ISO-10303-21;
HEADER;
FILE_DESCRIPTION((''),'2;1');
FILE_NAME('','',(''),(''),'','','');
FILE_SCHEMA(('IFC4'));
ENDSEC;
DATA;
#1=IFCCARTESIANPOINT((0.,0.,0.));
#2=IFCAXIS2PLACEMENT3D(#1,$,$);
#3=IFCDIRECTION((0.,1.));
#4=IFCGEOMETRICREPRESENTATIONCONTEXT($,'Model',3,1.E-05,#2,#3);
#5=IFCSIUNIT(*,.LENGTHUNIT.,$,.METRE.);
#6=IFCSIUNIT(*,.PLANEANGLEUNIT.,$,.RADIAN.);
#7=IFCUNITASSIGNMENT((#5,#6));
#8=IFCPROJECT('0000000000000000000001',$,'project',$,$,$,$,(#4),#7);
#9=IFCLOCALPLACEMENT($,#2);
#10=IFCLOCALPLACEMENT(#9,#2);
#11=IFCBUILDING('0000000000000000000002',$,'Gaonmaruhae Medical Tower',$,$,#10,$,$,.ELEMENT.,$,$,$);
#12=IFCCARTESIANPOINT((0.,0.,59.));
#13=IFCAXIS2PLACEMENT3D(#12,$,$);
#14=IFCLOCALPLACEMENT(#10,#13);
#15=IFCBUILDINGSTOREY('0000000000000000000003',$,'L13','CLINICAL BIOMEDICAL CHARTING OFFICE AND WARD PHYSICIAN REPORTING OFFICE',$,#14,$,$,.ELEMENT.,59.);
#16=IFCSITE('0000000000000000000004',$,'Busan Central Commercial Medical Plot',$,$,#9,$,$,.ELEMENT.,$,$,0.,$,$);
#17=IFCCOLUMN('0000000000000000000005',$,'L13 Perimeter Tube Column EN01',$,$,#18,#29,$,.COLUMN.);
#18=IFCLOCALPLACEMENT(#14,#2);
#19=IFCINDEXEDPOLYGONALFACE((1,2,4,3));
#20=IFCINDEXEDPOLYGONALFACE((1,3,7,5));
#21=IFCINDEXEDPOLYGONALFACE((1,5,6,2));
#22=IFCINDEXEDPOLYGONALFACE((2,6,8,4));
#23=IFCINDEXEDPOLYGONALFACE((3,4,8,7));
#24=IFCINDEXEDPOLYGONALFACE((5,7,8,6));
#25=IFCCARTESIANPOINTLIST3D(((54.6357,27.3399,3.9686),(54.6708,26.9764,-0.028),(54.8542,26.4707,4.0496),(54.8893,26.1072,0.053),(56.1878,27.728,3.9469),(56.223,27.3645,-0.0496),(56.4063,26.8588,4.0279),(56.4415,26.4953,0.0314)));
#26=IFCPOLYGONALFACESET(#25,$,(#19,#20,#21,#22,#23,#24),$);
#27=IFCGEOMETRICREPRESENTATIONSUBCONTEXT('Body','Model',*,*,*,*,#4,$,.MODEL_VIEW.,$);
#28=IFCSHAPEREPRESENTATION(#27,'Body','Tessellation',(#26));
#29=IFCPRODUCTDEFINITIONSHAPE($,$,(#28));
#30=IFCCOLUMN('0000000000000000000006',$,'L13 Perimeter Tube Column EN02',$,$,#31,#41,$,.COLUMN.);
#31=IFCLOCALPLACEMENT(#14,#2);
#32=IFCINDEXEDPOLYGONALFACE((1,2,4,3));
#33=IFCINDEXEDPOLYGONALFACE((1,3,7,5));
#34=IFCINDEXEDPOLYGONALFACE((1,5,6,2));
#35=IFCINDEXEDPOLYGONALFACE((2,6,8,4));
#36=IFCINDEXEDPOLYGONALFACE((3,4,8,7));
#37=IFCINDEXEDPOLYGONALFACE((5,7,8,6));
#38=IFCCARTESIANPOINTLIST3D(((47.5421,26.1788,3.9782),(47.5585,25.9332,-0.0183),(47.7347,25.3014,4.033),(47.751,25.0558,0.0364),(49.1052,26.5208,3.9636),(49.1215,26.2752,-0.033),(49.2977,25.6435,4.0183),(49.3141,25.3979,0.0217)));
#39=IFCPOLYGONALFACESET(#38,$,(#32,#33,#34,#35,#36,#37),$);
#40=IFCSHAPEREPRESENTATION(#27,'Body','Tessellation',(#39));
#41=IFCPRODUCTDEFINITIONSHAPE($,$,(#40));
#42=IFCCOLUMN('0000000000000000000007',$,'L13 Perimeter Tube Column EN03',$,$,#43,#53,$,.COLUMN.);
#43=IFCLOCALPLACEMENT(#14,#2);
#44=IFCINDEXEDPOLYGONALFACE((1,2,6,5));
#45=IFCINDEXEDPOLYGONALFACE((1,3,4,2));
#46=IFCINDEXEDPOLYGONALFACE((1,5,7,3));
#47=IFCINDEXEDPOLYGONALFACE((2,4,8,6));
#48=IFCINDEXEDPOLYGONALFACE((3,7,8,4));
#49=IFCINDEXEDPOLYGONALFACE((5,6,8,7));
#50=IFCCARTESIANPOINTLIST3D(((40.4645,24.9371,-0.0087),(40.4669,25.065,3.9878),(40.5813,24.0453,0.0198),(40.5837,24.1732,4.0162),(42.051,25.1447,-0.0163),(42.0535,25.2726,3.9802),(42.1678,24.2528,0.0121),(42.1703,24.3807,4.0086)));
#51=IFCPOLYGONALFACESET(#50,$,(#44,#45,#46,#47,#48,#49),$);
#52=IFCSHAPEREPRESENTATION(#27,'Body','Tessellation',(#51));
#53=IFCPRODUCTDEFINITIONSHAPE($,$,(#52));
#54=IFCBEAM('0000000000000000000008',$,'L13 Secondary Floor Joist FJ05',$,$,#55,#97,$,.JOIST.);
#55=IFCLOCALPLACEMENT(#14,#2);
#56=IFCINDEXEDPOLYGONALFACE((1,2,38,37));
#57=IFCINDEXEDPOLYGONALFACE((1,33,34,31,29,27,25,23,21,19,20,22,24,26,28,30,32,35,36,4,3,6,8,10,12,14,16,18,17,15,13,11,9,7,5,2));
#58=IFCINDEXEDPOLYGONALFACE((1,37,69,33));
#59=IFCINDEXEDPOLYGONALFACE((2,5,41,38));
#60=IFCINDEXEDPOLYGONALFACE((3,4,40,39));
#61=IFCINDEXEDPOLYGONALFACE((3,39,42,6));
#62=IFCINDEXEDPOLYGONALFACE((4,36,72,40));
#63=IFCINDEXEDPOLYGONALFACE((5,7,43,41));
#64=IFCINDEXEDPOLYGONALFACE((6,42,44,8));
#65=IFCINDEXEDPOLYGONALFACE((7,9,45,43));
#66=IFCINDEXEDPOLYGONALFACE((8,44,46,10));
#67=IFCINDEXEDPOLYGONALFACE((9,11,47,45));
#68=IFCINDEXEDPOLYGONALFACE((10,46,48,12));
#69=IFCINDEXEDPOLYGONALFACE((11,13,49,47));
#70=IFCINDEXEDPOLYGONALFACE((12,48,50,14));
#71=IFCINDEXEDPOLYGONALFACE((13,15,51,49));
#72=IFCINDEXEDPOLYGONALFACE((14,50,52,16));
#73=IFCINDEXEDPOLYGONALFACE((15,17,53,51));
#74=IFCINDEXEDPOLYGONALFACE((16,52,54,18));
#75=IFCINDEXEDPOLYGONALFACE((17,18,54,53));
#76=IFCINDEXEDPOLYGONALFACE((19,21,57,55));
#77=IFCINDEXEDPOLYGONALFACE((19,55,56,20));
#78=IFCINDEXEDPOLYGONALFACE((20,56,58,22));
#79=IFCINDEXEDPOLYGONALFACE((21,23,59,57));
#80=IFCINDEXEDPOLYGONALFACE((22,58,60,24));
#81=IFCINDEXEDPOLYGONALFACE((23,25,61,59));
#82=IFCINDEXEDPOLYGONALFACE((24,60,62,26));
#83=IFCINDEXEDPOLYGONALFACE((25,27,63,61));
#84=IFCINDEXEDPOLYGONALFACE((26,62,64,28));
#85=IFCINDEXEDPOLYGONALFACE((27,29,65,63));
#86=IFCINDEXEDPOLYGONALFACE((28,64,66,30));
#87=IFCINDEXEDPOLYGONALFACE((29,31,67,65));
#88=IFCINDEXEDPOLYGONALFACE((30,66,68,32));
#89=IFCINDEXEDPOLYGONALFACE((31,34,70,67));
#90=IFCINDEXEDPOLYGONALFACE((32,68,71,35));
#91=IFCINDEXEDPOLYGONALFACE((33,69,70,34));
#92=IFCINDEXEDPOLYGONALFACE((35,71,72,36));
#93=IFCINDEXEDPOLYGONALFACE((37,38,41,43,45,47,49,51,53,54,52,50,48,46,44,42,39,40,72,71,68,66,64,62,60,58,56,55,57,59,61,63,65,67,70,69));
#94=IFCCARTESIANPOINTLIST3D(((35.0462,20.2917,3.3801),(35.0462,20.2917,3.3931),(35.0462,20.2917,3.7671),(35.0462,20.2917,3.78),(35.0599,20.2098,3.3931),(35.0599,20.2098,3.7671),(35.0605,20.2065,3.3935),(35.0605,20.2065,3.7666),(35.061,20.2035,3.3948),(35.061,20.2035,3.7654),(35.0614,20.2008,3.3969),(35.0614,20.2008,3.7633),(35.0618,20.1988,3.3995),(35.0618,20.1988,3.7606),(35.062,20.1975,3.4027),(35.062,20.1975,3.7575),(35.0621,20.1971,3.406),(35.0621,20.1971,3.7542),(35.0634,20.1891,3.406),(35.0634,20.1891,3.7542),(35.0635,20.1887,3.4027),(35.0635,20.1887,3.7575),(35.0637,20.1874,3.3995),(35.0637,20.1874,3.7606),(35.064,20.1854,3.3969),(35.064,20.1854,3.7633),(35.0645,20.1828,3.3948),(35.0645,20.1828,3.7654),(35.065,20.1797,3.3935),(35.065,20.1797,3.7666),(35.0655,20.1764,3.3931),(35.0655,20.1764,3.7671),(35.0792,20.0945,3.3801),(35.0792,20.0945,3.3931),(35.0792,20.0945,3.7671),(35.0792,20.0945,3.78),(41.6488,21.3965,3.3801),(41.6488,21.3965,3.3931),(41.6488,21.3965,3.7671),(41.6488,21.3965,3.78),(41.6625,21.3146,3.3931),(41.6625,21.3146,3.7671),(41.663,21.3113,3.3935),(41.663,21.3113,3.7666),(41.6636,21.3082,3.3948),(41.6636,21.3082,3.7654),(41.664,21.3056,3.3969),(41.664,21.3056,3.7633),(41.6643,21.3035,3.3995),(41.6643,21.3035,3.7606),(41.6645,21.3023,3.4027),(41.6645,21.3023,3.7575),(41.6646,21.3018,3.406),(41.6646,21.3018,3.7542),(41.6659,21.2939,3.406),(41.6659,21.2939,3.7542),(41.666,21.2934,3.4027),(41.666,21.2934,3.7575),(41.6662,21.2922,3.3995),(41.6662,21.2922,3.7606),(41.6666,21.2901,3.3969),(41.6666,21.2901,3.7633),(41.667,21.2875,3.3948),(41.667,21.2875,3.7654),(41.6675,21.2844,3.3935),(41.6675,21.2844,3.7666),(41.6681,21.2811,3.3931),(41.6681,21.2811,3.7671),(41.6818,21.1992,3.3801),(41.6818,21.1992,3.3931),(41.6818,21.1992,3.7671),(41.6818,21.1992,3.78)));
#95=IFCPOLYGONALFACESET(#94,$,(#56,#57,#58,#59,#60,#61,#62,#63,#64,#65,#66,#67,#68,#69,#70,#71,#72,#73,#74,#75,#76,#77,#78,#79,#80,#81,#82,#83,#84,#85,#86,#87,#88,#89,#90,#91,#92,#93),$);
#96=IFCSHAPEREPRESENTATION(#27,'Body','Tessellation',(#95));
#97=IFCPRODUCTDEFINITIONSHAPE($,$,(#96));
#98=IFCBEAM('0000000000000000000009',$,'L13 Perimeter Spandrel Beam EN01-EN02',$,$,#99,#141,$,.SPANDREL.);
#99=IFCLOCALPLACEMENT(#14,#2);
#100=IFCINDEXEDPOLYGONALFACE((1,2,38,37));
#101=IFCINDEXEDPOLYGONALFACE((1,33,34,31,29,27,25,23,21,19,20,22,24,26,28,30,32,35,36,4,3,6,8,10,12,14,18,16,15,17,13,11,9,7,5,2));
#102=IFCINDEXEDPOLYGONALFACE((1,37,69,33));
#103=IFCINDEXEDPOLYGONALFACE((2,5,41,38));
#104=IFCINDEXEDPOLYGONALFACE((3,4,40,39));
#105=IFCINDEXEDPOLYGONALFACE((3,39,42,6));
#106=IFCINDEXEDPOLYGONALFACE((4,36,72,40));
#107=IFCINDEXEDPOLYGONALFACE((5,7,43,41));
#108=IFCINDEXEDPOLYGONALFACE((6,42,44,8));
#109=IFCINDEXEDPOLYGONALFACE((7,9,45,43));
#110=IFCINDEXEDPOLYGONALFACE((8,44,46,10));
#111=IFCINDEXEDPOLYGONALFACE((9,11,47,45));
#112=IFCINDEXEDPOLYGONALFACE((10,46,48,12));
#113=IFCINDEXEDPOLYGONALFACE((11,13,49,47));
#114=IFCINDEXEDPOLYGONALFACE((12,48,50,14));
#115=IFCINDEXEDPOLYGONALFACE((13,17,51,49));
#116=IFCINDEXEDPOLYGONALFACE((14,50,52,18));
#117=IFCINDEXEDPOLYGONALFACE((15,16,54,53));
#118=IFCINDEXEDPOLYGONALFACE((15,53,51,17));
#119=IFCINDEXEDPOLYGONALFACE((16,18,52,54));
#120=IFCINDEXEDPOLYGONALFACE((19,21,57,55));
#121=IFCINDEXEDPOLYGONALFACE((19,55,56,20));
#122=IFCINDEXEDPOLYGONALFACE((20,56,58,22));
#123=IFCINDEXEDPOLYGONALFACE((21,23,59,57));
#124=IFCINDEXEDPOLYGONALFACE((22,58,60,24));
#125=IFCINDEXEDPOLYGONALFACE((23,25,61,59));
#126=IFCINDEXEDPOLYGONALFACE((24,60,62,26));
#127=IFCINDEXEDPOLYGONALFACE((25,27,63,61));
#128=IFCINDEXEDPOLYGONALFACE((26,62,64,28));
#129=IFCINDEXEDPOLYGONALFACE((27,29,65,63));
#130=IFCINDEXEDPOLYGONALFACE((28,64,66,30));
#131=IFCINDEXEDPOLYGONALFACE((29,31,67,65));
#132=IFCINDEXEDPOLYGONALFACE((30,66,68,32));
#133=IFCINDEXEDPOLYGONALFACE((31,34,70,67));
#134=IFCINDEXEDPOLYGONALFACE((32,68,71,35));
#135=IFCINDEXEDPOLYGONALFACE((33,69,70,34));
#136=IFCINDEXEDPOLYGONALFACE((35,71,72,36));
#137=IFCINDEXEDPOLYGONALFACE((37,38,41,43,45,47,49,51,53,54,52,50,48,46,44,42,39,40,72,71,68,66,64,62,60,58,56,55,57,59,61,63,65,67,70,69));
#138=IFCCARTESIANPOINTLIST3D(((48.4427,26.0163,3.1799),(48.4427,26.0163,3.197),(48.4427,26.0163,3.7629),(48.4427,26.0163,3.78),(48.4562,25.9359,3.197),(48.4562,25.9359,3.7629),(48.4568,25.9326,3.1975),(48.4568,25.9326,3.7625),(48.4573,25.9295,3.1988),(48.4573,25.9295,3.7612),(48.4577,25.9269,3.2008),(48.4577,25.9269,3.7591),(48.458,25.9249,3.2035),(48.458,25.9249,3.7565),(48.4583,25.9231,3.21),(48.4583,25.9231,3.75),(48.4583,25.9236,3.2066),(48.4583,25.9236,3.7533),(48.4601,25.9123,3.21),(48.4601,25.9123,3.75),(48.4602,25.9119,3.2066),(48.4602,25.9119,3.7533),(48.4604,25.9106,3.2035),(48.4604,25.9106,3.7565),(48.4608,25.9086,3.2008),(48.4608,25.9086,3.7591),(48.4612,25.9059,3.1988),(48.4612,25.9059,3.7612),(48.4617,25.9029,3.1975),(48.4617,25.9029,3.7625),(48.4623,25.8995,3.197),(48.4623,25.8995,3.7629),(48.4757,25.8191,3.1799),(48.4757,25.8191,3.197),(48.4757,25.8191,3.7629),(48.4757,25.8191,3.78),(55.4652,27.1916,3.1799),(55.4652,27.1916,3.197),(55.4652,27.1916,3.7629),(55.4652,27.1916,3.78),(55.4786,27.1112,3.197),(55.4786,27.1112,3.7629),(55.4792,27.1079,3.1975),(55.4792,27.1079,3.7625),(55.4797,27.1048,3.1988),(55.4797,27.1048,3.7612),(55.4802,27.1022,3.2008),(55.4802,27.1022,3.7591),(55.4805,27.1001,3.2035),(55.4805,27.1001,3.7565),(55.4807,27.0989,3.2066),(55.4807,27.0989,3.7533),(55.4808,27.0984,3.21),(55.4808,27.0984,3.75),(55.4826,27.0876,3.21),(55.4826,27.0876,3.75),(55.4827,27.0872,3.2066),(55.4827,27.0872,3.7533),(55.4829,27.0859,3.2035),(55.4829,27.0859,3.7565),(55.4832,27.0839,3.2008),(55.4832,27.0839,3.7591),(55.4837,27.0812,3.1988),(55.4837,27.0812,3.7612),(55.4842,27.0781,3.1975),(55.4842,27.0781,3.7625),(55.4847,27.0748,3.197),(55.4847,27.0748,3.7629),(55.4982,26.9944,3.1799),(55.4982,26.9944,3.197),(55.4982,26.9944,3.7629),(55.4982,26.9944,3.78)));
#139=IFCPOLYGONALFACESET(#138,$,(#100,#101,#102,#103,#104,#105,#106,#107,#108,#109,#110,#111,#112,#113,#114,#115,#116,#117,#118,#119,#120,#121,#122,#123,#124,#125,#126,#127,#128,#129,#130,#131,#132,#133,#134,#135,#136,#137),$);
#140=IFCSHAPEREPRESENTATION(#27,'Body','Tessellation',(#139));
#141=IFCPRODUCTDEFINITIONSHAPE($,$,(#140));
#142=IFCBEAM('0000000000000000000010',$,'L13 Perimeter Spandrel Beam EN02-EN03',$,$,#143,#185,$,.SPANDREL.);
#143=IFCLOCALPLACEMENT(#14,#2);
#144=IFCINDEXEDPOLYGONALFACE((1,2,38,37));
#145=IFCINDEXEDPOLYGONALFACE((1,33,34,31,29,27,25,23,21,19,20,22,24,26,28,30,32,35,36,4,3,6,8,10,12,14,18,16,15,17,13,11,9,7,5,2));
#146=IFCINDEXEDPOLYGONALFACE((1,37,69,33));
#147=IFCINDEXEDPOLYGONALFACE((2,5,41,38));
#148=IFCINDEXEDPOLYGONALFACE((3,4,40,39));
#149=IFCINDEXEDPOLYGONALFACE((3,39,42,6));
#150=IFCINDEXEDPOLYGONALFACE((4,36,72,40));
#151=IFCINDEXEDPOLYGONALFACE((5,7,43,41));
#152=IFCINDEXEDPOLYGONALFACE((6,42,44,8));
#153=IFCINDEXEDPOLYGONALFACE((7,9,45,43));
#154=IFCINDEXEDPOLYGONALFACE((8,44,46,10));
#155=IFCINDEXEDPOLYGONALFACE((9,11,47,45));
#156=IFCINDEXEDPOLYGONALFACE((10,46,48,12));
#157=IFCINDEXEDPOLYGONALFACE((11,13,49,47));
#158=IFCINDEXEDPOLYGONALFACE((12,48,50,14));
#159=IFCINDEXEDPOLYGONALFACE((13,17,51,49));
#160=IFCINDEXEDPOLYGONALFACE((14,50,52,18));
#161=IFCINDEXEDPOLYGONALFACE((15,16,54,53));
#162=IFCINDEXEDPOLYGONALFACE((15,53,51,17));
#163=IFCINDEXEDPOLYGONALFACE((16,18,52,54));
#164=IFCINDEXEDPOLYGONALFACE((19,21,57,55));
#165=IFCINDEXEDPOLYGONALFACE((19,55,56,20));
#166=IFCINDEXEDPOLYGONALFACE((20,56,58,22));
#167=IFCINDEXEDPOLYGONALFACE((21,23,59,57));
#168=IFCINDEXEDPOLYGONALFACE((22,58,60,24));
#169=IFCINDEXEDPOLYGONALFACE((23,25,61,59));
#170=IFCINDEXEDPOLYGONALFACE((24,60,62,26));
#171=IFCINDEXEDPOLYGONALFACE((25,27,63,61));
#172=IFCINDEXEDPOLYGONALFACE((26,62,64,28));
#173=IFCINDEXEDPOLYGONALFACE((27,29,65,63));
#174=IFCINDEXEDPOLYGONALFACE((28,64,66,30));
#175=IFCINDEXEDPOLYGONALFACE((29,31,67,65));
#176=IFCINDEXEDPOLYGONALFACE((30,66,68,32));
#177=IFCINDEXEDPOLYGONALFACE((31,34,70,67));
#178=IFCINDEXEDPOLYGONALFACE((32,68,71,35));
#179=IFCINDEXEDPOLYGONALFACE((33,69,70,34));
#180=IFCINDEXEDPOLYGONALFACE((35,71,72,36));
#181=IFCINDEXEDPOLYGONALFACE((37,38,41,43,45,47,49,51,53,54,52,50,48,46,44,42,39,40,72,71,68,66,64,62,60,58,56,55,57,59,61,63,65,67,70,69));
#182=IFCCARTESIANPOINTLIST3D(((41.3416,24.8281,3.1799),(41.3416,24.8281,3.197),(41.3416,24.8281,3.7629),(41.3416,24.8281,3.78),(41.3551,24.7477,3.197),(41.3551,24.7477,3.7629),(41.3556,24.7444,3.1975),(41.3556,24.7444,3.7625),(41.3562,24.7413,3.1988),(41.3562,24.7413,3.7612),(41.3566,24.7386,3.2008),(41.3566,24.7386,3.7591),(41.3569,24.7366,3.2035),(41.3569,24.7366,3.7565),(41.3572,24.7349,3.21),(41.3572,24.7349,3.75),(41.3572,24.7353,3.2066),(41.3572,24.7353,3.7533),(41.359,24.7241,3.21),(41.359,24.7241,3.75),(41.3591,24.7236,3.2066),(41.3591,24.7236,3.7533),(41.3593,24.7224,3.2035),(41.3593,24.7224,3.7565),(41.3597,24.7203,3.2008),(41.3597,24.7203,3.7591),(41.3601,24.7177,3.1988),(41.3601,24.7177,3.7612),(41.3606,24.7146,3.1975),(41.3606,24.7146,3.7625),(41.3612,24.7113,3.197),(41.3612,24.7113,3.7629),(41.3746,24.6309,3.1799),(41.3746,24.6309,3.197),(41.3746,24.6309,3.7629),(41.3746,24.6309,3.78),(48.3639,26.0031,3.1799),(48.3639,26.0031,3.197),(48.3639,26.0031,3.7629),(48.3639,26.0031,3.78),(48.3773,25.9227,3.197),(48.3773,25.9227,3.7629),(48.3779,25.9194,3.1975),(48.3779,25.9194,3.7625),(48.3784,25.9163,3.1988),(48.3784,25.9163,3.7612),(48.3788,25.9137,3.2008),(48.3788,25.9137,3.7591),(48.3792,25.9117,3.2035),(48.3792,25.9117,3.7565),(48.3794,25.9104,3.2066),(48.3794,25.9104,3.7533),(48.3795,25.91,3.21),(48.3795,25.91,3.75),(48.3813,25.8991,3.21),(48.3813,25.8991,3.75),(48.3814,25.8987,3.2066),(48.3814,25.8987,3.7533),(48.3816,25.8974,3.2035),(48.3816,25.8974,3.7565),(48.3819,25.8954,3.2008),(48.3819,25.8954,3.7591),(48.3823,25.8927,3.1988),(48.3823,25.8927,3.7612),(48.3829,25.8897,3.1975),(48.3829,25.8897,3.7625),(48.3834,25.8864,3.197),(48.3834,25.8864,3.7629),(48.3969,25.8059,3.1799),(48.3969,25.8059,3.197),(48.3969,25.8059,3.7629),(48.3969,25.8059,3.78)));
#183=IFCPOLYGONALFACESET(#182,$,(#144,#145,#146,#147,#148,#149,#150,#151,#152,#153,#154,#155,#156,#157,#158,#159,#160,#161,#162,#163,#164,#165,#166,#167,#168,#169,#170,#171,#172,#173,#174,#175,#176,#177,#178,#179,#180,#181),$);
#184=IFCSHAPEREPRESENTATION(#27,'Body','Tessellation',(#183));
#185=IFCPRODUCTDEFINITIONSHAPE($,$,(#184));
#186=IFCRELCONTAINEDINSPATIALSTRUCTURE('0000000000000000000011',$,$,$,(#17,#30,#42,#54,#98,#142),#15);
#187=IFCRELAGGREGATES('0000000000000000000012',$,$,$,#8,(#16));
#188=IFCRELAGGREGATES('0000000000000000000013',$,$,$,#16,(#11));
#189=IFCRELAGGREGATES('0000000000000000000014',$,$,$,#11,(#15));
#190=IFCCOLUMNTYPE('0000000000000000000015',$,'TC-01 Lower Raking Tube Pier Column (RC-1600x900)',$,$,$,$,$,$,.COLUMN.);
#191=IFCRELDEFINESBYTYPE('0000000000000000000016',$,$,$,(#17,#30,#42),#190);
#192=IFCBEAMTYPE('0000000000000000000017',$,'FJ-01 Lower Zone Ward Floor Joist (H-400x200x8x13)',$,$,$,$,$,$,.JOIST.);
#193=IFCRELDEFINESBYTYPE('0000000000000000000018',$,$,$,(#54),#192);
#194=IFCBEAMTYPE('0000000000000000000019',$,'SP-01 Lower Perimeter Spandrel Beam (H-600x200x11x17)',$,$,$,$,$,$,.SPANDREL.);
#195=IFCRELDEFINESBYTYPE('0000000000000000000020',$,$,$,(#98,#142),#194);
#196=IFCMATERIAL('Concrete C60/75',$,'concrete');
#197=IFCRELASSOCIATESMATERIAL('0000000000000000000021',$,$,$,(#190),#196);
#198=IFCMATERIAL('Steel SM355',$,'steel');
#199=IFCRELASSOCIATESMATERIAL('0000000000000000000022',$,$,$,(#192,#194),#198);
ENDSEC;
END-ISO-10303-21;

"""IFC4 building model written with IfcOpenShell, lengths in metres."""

from ifc_helpers import new_model, si_unit, direction, frame, origin, origin_2d, place, context, subcontext, project, spatial, rectangle, i_section, extrude, material, material_profile, profile_set, type_object, element, save


model = new_model("IFC4")

# Units and contexts
model_context = context("Model", 3, precision=1e-05, world=origin(), true_north=direction((0.0, 1.0)))
body_context = subcontext(model_context, "Body", "Model", "MODEL_VIEW")
ifc_project = project(units=[si_unit("LENGTHUNIT", "METRE"), si_unit("PLANEANGLEUNIT", "RADIAN")], contexts=[model_context])

# Site, building, storey
site_placement = place(None, origin())
site = spatial("IfcSite", under=ifc_project, at=site_placement, Name="Busan Central Commercial Medical Plot", CompositionType="ELEMENT", RefElevation=0.0)
building_placement = place(site_placement, origin())
building = spatial("IfcBuilding", under=site, at=building_placement, Name="Gaonmaruhae Medical Tower", CompositionType="ELEMENT")
storey_placement = place(building_placement, frame((0.0, 0.0, 59.0)))
storey = spatial("IfcBuildingStorey", under=building, at=storey_placement, Name="L13", Description="CLINICAL BIOMEDICAL CHARTING OFFICE AND WARD PHYSICIAN REPORTING OFFICE", CompositionType="ELEMENT", Elevation=59.0)

# Columns
ifc_material_1 = material(Name="Concrete C60/75", Category="concrete")
ifc_material_profile_1 = material_profile(ifc_material_1, rectangle(XDim=1.6001, YDim=0.8999, at=origin_2d()), Name="RC-1600x900")
ifc_profile_set_1 = profile_set([ifc_material_profile_1], Name="Concrete C60/75")
column_type = type_object("IfcColumnType", Name="TC-01 Lower Raking Tube Pier Column (RC-1600x900)", PredefinedType="COLUMN", material=ifc_profile_set_1)
column_1_placement = place(storey_placement, frame((55.5562, 26.7358, 0.0017), z_axis=(-0.00876, 0.090582, 0.995851), x_axis=(-0.970042, -0.242558, 0.01353)))
element("IfcColumn", 1, at=column_1_placement, inside=storey, type_object=column_type, Name="L13 Perimeter Tube Column EN01", PredefinedType="COLUMN", context=body_context, shape_type="SweptSolid", body=[
    extrude(rectangle(XDim=1.6001, YDim=0.8999, at=origin_2d()), origin(), (0.0, 0.0, 1.0), 4.0132),
])
column_2_placement = place(storey_placement, frame((48.4363, 25.6655, 0.0017), z_axis=(-0.004085, 0.061338, 0.998109), x_axis=(-0.97684, -0.213778, 0.009139)))
element("IfcColumn", 2, at=column_2_placement, inside=storey, type_object=column_type, Name="L13 Perimeter Tube Column EN02", PredefinedType="COLUMN", context=body_context, shape_type="SweptSolid", body=[
    extrude(rectangle(XDim=1.6001, YDim=0.8999, at=origin_2d()), origin(), (0.0, 0.0, 1.0), 4.0042),
])
column_3_placement = place(storey_placement, frame((41.3162, 24.595, 0.0017), z_axis=(0.000611, 0.031993, 0.999488), x_axis=(-0.991542, -0.129701, 0.004757)))
element("IfcColumn", 3, at=column_3_placement, inside=storey, type_object=column_type, Name="L13 Perimeter Tube Column EN03", PredefinedType="COLUMN", context=body_context, shape_type="SweptSolid", body=[
    extrude(rectangle(XDim=1.6001, YDim=0.8999, at=origin_2d()), origin(), (0.0, 0.0, 1.0), 3.9985),
])

# Beams
ifc_material_2 = material(Name="Steel SM355", Category="steel")
ifc_material_profile_2 = material_profile(ifc_material_2, i_section(OverallWidth=0.2, OverallDepth=0.3999, WebThickness=0.0081, FlangeThickness=0.0129, FilletRadius=0.0129, at=origin_2d()), Name="H-400x200x8x13")
ifc_profile_set_2 = profile_set([ifc_material_profile_2], Name="Steel SM355")
beam_type_1 = type_object("IfcBeamType", Name="FJ-01 Lower Zone Ward Floor Joist (H-400x200x8x13)", PredefinedType="JOIST", material=ifc_profile_set_2)
beam_1_placement = place(storey_placement, frame((41.6653, 21.2979, 3.5801), z_axis=(-0.986289, -0.165026, 0.0), x_axis=(0.165026, -0.986289, 0.0)))
element("IfcBeam", 4, at=beam_1_placement, inside=storey, type_object=beam_type_1, Name="L13 Secondary Floor Joist FJ05", PredefinedType="JOIST", context=body_context, shape_type="SweptSolid", body=[
    extrude(i_section(OverallWidth=0.2, OverallDepth=0.3999, WebThickness=0.0081, FlangeThickness=0.0129, FilletRadius=0.0129, at=origin_2d()), origin(), (0.0, 0.0, 1.0), 6.6943),
])
ifc_material_profile_3 = material_profile(ifc_material_2, i_section(OverallWidth=0.2, OverallDepth=0.6001, WebThickness=0.011, FlangeThickness=0.0171, FilletRadius=0.0129, at=origin_2d()), Name="H-600x200x11x17")
ifc_profile_set_3 = profile_set([ifc_material_profile_3], Name="Steel SM355")
beam_type_2 = type_object("IfcBeamType", Name="SP-01 Lower Perimeter Spandrel Beam (H-600x200x11x17)", PredefinedType="SPANDREL", material=ifc_profile_set_3)
beam_2_placement = place(storey_placement, frame((55.4817, 27.093, 3.48), z_axis=(-0.986282, -0.165066, 0.0), x_axis=(0.165066, -0.986282, 0.0)))
element("IfcBeam", 5, at=beam_2_placement, inside=storey, type_object=beam_type_2, Name="L13 Perimeter Spandrel Beam EN01-EN02", PredefinedType="SPANDREL", context=body_context, shape_type="SweptSolid", body=[
    extrude(i_section(OverallWidth=0.2, OverallDepth=0.6001, WebThickness=0.011, FlangeThickness=0.0171, FilletRadius=0.0129, at=origin_2d()), origin(), (0.0, 0.0, 1.0), 7.1201),
])
for number, where, z_axis, x_axis, name in (
    (6, (48.3804, 25.9045, 3.48), (-0.986287, -0.165038, 0.0), (0.165038, -0.986287, 0.0), "L13 Perimeter Spandrel Beam EN02-EN03"),
):
    element("IfcBeam", number, at=place(storey_placement, frame(where, z_axis=z_axis, x_axis=x_axis)), inside=storey, type_object=beam_type_2, Name=name, PredefinedType="SPANDREL", context=body_context, shape_type="SweptSolid", body=[
        extrude(i_section(OverallWidth=0.2, OverallDepth=0.6001, WebThickness=0.011, FlangeThickness=0.0171, FilletRadius=0.0129, at=origin_2d()), origin(), (0.0, 0.0, 1.0), 7.1199),
    ])

save(model, "model.ifc")
